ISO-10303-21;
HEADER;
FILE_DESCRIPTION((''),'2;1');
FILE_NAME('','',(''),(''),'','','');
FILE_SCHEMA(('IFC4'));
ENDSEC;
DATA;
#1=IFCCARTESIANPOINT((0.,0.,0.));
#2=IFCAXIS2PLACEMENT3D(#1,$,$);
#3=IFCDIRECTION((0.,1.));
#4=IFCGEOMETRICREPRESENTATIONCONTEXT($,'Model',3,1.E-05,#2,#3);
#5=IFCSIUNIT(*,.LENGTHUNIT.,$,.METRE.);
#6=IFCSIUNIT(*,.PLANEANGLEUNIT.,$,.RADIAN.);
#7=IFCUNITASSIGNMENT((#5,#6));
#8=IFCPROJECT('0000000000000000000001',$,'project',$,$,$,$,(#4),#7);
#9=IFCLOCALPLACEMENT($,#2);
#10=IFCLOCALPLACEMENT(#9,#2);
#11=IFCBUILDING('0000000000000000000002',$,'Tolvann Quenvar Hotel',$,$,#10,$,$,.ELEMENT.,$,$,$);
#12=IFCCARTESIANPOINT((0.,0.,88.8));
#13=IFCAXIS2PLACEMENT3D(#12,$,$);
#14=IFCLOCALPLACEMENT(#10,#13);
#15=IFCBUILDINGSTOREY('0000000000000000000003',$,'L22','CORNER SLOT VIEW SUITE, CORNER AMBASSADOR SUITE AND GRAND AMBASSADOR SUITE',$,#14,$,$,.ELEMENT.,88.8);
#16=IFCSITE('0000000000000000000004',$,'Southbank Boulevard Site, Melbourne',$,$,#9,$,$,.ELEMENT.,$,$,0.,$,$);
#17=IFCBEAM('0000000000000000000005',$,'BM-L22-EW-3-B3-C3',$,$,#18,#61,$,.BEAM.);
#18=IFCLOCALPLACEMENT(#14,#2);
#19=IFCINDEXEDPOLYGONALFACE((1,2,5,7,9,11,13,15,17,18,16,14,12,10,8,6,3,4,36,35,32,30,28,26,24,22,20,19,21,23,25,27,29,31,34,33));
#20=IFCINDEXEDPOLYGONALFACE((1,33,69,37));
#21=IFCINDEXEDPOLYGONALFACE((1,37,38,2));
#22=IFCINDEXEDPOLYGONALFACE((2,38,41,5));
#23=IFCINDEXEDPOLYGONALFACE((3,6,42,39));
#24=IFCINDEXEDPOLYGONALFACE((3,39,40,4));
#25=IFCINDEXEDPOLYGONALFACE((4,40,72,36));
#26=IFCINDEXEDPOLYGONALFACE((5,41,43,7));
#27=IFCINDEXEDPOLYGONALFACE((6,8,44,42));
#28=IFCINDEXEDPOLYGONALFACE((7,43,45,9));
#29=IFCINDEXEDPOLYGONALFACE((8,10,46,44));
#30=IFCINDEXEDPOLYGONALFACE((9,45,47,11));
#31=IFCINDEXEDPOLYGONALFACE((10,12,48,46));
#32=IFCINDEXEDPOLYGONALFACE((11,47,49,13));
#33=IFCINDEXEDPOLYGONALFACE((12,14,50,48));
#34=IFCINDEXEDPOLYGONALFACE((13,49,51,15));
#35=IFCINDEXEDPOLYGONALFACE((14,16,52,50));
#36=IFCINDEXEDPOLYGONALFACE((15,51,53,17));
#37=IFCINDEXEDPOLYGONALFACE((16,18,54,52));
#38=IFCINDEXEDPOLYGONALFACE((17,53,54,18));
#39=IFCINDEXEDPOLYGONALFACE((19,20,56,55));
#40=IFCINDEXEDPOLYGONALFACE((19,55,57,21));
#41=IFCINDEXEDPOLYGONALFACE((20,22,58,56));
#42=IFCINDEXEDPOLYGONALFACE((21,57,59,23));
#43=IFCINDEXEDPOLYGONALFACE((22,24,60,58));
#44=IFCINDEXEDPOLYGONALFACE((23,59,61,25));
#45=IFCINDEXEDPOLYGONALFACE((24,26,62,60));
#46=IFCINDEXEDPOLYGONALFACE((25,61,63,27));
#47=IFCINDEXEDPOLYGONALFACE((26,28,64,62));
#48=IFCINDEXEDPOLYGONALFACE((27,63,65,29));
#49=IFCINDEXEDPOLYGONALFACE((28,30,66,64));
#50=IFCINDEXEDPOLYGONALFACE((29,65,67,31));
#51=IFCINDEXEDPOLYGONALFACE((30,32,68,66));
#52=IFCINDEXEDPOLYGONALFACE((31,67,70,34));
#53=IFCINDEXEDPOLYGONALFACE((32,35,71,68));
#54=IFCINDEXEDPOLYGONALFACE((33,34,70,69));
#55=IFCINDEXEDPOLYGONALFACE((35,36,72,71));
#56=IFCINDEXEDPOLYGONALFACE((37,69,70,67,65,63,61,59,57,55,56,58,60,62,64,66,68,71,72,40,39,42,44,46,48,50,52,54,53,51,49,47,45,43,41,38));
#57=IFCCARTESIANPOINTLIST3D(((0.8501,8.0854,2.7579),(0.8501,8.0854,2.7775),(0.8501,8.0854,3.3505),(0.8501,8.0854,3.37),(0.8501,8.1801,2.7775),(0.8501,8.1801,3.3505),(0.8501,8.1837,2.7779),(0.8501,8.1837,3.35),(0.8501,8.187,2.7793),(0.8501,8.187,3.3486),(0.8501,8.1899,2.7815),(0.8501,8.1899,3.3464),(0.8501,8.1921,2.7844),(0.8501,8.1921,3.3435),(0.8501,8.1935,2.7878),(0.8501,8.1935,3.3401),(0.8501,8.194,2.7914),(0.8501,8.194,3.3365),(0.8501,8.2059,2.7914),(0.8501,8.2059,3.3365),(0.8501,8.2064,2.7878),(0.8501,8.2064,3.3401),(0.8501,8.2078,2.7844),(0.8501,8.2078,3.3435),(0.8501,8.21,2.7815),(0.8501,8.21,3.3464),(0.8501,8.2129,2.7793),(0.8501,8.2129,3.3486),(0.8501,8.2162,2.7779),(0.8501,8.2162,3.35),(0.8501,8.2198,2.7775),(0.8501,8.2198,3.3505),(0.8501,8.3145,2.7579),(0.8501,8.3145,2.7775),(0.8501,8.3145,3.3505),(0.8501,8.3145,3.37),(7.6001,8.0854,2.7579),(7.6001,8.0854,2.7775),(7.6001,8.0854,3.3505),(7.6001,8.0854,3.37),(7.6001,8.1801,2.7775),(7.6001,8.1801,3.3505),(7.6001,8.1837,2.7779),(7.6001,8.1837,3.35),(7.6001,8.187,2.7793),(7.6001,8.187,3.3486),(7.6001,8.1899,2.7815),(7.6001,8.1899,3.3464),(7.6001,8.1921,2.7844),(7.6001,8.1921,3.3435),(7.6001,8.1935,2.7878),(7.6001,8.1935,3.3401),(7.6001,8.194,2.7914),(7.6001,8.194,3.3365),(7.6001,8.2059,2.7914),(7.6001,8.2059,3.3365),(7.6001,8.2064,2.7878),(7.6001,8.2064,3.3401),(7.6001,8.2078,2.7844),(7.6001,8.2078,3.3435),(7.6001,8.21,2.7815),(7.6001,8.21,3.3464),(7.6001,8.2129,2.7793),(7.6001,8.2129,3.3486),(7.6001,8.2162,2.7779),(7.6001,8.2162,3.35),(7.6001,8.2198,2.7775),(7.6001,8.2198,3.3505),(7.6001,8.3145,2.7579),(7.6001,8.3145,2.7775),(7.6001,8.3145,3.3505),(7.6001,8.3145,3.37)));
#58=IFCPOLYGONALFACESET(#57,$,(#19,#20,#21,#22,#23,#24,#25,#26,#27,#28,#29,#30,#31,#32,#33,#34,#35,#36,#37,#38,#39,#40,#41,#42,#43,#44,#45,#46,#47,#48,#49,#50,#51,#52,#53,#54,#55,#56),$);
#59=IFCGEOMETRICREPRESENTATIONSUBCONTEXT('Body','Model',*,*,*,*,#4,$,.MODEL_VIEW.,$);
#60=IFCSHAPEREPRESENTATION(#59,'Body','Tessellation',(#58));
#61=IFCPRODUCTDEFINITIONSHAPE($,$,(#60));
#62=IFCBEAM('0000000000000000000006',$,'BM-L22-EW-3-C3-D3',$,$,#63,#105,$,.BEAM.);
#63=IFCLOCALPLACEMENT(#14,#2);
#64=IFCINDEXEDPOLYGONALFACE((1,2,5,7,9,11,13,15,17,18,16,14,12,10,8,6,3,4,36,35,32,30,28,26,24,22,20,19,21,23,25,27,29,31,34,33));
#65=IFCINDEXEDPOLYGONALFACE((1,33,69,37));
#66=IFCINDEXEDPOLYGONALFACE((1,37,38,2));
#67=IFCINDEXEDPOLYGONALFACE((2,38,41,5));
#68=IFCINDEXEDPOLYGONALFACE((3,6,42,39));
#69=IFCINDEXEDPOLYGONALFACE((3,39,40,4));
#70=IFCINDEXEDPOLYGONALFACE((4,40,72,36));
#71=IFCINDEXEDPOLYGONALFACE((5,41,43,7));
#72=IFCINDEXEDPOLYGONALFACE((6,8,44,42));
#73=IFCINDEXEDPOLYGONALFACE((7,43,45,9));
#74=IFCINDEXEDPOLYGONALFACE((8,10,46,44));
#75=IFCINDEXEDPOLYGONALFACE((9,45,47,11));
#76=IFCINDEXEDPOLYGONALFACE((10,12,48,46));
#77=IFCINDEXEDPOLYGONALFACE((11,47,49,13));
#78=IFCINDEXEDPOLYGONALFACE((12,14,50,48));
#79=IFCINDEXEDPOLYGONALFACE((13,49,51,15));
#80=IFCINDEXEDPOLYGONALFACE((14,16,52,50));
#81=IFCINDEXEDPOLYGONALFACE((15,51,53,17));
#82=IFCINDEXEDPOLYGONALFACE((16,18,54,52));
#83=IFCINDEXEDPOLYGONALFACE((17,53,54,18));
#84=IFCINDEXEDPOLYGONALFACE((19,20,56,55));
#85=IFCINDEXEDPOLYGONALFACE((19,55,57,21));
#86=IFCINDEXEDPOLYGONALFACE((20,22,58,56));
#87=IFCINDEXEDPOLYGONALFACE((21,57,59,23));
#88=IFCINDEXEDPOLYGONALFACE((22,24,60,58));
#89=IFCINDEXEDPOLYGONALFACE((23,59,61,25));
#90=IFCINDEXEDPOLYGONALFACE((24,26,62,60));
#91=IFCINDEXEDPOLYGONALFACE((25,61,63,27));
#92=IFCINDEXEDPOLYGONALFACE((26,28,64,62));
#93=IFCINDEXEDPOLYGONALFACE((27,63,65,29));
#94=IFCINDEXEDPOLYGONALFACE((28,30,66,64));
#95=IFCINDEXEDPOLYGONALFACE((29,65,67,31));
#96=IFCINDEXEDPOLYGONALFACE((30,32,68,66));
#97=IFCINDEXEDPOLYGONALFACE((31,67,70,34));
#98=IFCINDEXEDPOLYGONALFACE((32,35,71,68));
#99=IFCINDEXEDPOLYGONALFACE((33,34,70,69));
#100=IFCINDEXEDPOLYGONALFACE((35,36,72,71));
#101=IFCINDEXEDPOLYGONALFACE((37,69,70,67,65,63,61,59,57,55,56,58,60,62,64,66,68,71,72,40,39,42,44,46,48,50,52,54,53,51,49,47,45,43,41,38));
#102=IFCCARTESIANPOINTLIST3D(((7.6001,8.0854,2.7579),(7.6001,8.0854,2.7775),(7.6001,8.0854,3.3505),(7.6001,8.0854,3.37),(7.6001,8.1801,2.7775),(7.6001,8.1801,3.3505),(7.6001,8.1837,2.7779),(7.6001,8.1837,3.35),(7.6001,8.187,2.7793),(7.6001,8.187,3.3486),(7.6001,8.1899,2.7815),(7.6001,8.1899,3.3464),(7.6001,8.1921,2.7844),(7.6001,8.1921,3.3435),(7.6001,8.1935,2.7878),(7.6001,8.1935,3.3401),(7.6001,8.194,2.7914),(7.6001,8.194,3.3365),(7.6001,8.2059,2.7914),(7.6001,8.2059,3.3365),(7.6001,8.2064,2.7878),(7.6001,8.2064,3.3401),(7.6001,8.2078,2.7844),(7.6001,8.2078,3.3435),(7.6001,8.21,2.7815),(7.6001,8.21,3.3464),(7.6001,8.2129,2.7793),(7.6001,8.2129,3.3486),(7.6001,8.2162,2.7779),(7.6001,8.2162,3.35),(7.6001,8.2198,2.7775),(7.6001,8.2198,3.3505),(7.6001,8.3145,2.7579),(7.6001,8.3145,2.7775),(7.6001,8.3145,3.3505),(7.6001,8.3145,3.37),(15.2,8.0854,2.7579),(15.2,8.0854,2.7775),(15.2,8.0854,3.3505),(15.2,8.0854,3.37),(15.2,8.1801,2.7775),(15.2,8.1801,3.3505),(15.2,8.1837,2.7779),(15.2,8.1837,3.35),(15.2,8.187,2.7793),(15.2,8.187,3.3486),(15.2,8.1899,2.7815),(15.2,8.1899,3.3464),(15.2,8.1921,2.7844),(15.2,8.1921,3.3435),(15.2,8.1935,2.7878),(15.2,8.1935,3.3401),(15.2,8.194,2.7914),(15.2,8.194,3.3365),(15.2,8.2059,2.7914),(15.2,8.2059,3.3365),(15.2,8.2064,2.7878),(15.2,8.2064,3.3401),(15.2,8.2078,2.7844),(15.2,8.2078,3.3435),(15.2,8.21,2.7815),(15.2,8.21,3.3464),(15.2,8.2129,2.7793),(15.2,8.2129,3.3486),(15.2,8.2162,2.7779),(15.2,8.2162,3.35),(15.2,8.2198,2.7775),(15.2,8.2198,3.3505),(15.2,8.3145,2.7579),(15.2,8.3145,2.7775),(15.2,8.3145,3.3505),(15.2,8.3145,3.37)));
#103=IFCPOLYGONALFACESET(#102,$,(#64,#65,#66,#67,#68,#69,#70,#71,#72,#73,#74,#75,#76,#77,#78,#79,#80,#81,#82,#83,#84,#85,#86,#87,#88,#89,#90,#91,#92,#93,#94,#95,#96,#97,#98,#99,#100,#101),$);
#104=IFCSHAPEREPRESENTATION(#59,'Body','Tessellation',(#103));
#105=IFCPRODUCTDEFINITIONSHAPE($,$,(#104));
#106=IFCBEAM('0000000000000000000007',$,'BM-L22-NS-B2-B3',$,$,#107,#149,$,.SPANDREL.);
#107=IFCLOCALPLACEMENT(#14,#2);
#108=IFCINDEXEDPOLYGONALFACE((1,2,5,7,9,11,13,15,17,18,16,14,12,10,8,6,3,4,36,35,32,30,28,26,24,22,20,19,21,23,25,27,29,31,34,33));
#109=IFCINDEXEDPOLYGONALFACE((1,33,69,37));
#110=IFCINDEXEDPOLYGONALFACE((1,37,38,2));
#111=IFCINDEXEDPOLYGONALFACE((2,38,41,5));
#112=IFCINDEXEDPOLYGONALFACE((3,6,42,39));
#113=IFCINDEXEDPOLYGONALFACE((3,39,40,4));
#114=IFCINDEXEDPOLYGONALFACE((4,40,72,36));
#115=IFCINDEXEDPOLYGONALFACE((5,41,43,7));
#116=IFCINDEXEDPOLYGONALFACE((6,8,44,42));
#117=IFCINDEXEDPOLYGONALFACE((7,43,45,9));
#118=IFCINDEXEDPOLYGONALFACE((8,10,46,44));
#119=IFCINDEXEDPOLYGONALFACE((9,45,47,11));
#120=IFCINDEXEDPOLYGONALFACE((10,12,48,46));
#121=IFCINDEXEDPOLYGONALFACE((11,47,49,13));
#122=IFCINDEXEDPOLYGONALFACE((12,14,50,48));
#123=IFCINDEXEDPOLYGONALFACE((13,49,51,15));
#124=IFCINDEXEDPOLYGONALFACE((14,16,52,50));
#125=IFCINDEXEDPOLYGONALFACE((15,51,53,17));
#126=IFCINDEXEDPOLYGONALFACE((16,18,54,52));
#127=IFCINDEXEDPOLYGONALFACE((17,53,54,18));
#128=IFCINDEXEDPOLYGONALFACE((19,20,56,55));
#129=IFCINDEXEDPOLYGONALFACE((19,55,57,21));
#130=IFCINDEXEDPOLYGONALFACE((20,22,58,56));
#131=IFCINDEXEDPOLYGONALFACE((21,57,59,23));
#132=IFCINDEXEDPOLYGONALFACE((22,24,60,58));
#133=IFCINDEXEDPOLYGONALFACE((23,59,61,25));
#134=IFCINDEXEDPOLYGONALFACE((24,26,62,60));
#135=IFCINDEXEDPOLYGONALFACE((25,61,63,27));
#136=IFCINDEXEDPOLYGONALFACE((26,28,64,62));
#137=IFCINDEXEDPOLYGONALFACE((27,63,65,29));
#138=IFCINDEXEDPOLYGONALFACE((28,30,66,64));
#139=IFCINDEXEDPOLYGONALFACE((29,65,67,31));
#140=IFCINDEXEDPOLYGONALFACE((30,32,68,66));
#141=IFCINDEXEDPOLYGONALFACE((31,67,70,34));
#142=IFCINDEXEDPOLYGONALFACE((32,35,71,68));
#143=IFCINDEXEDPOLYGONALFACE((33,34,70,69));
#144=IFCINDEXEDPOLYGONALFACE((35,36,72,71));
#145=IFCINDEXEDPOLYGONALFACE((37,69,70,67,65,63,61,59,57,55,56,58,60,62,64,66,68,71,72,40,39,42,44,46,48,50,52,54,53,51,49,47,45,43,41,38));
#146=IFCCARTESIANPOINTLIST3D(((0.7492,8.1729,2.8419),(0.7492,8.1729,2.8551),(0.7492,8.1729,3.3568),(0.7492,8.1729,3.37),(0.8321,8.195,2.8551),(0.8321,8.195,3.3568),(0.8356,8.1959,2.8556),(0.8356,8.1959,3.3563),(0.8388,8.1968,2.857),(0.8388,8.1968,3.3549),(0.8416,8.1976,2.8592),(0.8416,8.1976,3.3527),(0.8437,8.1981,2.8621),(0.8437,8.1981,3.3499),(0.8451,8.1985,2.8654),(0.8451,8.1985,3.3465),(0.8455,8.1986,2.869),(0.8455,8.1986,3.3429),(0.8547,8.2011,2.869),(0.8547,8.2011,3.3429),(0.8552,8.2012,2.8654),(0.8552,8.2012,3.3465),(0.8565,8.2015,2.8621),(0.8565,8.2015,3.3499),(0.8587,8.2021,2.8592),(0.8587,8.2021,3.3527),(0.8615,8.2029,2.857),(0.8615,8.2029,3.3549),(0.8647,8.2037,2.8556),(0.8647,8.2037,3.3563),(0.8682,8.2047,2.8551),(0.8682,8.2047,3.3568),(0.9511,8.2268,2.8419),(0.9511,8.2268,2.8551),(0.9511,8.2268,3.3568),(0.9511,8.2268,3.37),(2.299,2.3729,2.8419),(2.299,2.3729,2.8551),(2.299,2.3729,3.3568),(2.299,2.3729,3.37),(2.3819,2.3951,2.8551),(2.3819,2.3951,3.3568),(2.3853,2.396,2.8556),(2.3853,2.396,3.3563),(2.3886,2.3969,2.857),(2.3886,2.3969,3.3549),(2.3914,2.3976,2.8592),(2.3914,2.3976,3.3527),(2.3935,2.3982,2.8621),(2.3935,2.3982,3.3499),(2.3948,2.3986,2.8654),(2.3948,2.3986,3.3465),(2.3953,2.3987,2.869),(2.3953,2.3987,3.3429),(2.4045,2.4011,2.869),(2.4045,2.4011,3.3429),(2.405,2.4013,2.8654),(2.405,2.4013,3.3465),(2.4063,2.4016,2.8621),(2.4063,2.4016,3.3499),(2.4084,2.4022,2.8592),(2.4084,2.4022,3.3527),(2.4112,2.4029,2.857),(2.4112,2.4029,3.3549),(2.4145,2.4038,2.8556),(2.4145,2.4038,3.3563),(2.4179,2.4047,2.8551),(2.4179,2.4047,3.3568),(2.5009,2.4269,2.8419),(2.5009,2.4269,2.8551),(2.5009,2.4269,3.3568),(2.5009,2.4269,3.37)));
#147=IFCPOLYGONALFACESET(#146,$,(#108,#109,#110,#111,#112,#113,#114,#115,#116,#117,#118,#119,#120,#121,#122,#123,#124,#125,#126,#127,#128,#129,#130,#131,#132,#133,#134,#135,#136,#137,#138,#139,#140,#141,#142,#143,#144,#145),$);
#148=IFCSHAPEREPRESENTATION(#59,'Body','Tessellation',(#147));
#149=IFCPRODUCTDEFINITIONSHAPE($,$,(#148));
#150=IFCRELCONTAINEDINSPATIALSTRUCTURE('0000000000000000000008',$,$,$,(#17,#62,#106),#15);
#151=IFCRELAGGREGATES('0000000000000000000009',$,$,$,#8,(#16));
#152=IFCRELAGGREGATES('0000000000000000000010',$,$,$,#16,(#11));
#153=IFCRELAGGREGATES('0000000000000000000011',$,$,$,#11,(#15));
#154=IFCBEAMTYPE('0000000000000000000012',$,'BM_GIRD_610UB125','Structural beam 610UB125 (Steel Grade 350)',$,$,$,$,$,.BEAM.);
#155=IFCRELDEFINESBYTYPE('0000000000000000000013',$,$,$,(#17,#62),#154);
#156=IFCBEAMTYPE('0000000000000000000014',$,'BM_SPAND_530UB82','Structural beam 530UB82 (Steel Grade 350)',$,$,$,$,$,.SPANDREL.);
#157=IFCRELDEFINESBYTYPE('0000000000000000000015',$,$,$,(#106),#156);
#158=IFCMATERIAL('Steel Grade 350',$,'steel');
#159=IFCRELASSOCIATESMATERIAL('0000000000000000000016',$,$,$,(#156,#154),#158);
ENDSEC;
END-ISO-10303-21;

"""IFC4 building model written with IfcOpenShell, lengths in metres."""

from ifc_helpers import new_model, si_unit, direction, frame, origin, origin_2d, place, context, subcontext, project, spatial, i_section, extrude, source, transform, mapped, material, material_profile, profile_set, type_object, type_shapes, element, save


model = new_model("IFC4")

# Units and contexts
model_context = context("Model", 3, precision=1e-05, world=origin(), true_north=direction((0.0, 1.0)))
body_context = subcontext(model_context, "Body", "Model", "MODEL_VIEW")
ifc_project = project(units=[si_unit("LENGTHUNIT", "METRE"), si_unit("PLANEANGLEUNIT", "RADIAN")], contexts=[model_context])

# Site, building, storey
site_placement = place(None, origin())
site = spatial("IfcSite", under=ifc_project, at=site_placement, Name="Southbank Boulevard Site, Melbourne", CompositionType="ELEMENT", RefElevation=0.0)
building_placement = place(site_placement, origin())
building = spatial("IfcBuilding", under=site, at=building_placement, Name="Tolvann Quenvar Hotel", CompositionType="ELEMENT")
storey_placement = place(building_placement, frame((0.0, 0.0, 88.8)))
storey = spatial("IfcBuildingStorey", under=building, at=storey_placement, Name="L22", Description="CORNER SLOT VIEW SUITE, CORNER AMBASSADOR SUITE AND GRAND AMBASSADOR SUITE", CompositionType="ELEMENT", Elevation=88.8)

# Shared definitions
ifc_material_1 = material(Name="Steel Grade 350", Category="steel")

# Beams
ifc_material_profile_1 = material_profile(ifc_material_1, i_section(OverallWidth=0.209, OverallDepth=0.5281, WebThickness=0.0095, FlangeThickness=0.0132, FilletRadius=0.0139, at=origin_2d()), Name="530UB82")
ifc_profile_set_1 = profile_set([ifc_material_profile_1], Name="Steel Grade 350")
beam_type_1 = type_object("IfcBeamType", Name="BM_SPAND_530UB82", Description="Structural beam 530UB82 (Steel Grade 350)", PredefinedType="SPANDREL", material=ifc_profile_set_1)
ifc_material_profile_2 = material_profile(ifc_material_1, i_section(OverallWidth=0.229, OverallDepth=0.6121, WebThickness=0.012, FlangeThickness=0.0195, FilletRadius=0.0139, at=origin_2d()), Name="610UB125")
ifc_profile_set_2 = profile_set([ifc_material_profile_2], Name="Steel Grade 350")
beam_type_2 = type_object("IfcBeamType", Name="BM_GIRD_610UB125", Description="Structural beam 610UB125 (Steel Grade 350)", PredefinedType="BEAM", material=ifc_profile_set_2)
shared_shape_1 = source(origin(), body_context, "Body", "SweptSolid", [
    extrude(i_section(OverallWidth=0.229, OverallDepth=0.6121, WebThickness=0.012, FlangeThickness=0.0195, FilletRadius=0.0139, at=origin_2d()), origin(), (0.0, 0.0, 1.0), 6.75),
])
beam_1_placement = place(storey_placement, frame((0.8501, 8.2, 3.064), z_axis=(1.0, 0.0, 0.0), x_axis=(0.0, 1.0, 0.0)))
element("IfcBeam", 1, at=beam_1_placement, inside=storey, type_object=beam_type_2, Name="BM-L22-EW-3-B3-C3", PredefinedType="BEAM", context=body_context, shape_type="MappedRepresentation", body=[
    mapped(shared_shape_1, transform((0.0, 0.0, 0.0), x_axis=(1.0, 0.0, 0.0), y_axis=(0.0, 1.0, 0.0), z_axis=(0.0, 0.0, 1.0), scale=1.0)),
])
shared_shape_2 = source(origin(), body_context, "Body", "SweptSolid", [
    extrude(i_section(OverallWidth=0.229, OverallDepth=0.6121, WebThickness=0.012, FlangeThickness=0.0195, FilletRadius=0.0139, at=origin_2d()), origin(), (0.0, 0.0, 1.0), 7.5999),
])
type_shapes(beam_type_2, [shared_shape_1, shared_shape_2])
beam_2_placement = place(storey_placement, frame((7.6001, 8.2, 3.064), z_axis=(1.0, 0.0, 0.0), x_axis=(0.0, 1.0, 0.0)))
element("IfcBeam", 2, at=beam_2_placement, inside=storey, type_object=beam_type_2, Name="BM-L22-EW-3-C3-D3", PredefinedType="BEAM", context=body_context, shape_type="MappedRepresentation", body=[
    mapped(shared_shape_2, transform((0.0, 0.0, 0.0), x_axis=(1.0, 0.0, 0.0), y_axis=(0.0, 1.0, 0.0), z_axis=(0.0, 0.0, 1.0), scale=1.0)),
])
shared_shape_3 = source(origin(), body_context, "Body", "SweptSolid", [
    extrude(i_section(OverallWidth=0.209, OverallDepth=0.5281, WebThickness=0.0095, FlangeThickness=0.0132, FilletRadius=0.0139, at=origin_2d()), origin(), (0.0, 0.0, 1.0), 6.0034),
])
beam_3_placement = place(storey_placement, frame((2.3999, 2.3999, 3.106), z_axis=(-0.258149, 0.966105, 0.0), x_axis=(-0.966105, -0.258149, 0.0)))
element("IfcBeam", 3, at=beam_3_placement, inside=storey, type_object=beam_type_1, Name="BM-L22-NS-B2-B3", PredefinedType="SPANDREL", context=body_context, shape_type="MappedRepresentation", body=[
    mapped(shared_shape_3, transform((0.0, 0.0, 0.0), x_axis=(1.0, 0.0, 0.0), y_axis=(0.0, 1.0, 0.0), z_axis=(0.0, 0.0, 1.0), scale=1.0)),
])

save(model, "model.ifc")
